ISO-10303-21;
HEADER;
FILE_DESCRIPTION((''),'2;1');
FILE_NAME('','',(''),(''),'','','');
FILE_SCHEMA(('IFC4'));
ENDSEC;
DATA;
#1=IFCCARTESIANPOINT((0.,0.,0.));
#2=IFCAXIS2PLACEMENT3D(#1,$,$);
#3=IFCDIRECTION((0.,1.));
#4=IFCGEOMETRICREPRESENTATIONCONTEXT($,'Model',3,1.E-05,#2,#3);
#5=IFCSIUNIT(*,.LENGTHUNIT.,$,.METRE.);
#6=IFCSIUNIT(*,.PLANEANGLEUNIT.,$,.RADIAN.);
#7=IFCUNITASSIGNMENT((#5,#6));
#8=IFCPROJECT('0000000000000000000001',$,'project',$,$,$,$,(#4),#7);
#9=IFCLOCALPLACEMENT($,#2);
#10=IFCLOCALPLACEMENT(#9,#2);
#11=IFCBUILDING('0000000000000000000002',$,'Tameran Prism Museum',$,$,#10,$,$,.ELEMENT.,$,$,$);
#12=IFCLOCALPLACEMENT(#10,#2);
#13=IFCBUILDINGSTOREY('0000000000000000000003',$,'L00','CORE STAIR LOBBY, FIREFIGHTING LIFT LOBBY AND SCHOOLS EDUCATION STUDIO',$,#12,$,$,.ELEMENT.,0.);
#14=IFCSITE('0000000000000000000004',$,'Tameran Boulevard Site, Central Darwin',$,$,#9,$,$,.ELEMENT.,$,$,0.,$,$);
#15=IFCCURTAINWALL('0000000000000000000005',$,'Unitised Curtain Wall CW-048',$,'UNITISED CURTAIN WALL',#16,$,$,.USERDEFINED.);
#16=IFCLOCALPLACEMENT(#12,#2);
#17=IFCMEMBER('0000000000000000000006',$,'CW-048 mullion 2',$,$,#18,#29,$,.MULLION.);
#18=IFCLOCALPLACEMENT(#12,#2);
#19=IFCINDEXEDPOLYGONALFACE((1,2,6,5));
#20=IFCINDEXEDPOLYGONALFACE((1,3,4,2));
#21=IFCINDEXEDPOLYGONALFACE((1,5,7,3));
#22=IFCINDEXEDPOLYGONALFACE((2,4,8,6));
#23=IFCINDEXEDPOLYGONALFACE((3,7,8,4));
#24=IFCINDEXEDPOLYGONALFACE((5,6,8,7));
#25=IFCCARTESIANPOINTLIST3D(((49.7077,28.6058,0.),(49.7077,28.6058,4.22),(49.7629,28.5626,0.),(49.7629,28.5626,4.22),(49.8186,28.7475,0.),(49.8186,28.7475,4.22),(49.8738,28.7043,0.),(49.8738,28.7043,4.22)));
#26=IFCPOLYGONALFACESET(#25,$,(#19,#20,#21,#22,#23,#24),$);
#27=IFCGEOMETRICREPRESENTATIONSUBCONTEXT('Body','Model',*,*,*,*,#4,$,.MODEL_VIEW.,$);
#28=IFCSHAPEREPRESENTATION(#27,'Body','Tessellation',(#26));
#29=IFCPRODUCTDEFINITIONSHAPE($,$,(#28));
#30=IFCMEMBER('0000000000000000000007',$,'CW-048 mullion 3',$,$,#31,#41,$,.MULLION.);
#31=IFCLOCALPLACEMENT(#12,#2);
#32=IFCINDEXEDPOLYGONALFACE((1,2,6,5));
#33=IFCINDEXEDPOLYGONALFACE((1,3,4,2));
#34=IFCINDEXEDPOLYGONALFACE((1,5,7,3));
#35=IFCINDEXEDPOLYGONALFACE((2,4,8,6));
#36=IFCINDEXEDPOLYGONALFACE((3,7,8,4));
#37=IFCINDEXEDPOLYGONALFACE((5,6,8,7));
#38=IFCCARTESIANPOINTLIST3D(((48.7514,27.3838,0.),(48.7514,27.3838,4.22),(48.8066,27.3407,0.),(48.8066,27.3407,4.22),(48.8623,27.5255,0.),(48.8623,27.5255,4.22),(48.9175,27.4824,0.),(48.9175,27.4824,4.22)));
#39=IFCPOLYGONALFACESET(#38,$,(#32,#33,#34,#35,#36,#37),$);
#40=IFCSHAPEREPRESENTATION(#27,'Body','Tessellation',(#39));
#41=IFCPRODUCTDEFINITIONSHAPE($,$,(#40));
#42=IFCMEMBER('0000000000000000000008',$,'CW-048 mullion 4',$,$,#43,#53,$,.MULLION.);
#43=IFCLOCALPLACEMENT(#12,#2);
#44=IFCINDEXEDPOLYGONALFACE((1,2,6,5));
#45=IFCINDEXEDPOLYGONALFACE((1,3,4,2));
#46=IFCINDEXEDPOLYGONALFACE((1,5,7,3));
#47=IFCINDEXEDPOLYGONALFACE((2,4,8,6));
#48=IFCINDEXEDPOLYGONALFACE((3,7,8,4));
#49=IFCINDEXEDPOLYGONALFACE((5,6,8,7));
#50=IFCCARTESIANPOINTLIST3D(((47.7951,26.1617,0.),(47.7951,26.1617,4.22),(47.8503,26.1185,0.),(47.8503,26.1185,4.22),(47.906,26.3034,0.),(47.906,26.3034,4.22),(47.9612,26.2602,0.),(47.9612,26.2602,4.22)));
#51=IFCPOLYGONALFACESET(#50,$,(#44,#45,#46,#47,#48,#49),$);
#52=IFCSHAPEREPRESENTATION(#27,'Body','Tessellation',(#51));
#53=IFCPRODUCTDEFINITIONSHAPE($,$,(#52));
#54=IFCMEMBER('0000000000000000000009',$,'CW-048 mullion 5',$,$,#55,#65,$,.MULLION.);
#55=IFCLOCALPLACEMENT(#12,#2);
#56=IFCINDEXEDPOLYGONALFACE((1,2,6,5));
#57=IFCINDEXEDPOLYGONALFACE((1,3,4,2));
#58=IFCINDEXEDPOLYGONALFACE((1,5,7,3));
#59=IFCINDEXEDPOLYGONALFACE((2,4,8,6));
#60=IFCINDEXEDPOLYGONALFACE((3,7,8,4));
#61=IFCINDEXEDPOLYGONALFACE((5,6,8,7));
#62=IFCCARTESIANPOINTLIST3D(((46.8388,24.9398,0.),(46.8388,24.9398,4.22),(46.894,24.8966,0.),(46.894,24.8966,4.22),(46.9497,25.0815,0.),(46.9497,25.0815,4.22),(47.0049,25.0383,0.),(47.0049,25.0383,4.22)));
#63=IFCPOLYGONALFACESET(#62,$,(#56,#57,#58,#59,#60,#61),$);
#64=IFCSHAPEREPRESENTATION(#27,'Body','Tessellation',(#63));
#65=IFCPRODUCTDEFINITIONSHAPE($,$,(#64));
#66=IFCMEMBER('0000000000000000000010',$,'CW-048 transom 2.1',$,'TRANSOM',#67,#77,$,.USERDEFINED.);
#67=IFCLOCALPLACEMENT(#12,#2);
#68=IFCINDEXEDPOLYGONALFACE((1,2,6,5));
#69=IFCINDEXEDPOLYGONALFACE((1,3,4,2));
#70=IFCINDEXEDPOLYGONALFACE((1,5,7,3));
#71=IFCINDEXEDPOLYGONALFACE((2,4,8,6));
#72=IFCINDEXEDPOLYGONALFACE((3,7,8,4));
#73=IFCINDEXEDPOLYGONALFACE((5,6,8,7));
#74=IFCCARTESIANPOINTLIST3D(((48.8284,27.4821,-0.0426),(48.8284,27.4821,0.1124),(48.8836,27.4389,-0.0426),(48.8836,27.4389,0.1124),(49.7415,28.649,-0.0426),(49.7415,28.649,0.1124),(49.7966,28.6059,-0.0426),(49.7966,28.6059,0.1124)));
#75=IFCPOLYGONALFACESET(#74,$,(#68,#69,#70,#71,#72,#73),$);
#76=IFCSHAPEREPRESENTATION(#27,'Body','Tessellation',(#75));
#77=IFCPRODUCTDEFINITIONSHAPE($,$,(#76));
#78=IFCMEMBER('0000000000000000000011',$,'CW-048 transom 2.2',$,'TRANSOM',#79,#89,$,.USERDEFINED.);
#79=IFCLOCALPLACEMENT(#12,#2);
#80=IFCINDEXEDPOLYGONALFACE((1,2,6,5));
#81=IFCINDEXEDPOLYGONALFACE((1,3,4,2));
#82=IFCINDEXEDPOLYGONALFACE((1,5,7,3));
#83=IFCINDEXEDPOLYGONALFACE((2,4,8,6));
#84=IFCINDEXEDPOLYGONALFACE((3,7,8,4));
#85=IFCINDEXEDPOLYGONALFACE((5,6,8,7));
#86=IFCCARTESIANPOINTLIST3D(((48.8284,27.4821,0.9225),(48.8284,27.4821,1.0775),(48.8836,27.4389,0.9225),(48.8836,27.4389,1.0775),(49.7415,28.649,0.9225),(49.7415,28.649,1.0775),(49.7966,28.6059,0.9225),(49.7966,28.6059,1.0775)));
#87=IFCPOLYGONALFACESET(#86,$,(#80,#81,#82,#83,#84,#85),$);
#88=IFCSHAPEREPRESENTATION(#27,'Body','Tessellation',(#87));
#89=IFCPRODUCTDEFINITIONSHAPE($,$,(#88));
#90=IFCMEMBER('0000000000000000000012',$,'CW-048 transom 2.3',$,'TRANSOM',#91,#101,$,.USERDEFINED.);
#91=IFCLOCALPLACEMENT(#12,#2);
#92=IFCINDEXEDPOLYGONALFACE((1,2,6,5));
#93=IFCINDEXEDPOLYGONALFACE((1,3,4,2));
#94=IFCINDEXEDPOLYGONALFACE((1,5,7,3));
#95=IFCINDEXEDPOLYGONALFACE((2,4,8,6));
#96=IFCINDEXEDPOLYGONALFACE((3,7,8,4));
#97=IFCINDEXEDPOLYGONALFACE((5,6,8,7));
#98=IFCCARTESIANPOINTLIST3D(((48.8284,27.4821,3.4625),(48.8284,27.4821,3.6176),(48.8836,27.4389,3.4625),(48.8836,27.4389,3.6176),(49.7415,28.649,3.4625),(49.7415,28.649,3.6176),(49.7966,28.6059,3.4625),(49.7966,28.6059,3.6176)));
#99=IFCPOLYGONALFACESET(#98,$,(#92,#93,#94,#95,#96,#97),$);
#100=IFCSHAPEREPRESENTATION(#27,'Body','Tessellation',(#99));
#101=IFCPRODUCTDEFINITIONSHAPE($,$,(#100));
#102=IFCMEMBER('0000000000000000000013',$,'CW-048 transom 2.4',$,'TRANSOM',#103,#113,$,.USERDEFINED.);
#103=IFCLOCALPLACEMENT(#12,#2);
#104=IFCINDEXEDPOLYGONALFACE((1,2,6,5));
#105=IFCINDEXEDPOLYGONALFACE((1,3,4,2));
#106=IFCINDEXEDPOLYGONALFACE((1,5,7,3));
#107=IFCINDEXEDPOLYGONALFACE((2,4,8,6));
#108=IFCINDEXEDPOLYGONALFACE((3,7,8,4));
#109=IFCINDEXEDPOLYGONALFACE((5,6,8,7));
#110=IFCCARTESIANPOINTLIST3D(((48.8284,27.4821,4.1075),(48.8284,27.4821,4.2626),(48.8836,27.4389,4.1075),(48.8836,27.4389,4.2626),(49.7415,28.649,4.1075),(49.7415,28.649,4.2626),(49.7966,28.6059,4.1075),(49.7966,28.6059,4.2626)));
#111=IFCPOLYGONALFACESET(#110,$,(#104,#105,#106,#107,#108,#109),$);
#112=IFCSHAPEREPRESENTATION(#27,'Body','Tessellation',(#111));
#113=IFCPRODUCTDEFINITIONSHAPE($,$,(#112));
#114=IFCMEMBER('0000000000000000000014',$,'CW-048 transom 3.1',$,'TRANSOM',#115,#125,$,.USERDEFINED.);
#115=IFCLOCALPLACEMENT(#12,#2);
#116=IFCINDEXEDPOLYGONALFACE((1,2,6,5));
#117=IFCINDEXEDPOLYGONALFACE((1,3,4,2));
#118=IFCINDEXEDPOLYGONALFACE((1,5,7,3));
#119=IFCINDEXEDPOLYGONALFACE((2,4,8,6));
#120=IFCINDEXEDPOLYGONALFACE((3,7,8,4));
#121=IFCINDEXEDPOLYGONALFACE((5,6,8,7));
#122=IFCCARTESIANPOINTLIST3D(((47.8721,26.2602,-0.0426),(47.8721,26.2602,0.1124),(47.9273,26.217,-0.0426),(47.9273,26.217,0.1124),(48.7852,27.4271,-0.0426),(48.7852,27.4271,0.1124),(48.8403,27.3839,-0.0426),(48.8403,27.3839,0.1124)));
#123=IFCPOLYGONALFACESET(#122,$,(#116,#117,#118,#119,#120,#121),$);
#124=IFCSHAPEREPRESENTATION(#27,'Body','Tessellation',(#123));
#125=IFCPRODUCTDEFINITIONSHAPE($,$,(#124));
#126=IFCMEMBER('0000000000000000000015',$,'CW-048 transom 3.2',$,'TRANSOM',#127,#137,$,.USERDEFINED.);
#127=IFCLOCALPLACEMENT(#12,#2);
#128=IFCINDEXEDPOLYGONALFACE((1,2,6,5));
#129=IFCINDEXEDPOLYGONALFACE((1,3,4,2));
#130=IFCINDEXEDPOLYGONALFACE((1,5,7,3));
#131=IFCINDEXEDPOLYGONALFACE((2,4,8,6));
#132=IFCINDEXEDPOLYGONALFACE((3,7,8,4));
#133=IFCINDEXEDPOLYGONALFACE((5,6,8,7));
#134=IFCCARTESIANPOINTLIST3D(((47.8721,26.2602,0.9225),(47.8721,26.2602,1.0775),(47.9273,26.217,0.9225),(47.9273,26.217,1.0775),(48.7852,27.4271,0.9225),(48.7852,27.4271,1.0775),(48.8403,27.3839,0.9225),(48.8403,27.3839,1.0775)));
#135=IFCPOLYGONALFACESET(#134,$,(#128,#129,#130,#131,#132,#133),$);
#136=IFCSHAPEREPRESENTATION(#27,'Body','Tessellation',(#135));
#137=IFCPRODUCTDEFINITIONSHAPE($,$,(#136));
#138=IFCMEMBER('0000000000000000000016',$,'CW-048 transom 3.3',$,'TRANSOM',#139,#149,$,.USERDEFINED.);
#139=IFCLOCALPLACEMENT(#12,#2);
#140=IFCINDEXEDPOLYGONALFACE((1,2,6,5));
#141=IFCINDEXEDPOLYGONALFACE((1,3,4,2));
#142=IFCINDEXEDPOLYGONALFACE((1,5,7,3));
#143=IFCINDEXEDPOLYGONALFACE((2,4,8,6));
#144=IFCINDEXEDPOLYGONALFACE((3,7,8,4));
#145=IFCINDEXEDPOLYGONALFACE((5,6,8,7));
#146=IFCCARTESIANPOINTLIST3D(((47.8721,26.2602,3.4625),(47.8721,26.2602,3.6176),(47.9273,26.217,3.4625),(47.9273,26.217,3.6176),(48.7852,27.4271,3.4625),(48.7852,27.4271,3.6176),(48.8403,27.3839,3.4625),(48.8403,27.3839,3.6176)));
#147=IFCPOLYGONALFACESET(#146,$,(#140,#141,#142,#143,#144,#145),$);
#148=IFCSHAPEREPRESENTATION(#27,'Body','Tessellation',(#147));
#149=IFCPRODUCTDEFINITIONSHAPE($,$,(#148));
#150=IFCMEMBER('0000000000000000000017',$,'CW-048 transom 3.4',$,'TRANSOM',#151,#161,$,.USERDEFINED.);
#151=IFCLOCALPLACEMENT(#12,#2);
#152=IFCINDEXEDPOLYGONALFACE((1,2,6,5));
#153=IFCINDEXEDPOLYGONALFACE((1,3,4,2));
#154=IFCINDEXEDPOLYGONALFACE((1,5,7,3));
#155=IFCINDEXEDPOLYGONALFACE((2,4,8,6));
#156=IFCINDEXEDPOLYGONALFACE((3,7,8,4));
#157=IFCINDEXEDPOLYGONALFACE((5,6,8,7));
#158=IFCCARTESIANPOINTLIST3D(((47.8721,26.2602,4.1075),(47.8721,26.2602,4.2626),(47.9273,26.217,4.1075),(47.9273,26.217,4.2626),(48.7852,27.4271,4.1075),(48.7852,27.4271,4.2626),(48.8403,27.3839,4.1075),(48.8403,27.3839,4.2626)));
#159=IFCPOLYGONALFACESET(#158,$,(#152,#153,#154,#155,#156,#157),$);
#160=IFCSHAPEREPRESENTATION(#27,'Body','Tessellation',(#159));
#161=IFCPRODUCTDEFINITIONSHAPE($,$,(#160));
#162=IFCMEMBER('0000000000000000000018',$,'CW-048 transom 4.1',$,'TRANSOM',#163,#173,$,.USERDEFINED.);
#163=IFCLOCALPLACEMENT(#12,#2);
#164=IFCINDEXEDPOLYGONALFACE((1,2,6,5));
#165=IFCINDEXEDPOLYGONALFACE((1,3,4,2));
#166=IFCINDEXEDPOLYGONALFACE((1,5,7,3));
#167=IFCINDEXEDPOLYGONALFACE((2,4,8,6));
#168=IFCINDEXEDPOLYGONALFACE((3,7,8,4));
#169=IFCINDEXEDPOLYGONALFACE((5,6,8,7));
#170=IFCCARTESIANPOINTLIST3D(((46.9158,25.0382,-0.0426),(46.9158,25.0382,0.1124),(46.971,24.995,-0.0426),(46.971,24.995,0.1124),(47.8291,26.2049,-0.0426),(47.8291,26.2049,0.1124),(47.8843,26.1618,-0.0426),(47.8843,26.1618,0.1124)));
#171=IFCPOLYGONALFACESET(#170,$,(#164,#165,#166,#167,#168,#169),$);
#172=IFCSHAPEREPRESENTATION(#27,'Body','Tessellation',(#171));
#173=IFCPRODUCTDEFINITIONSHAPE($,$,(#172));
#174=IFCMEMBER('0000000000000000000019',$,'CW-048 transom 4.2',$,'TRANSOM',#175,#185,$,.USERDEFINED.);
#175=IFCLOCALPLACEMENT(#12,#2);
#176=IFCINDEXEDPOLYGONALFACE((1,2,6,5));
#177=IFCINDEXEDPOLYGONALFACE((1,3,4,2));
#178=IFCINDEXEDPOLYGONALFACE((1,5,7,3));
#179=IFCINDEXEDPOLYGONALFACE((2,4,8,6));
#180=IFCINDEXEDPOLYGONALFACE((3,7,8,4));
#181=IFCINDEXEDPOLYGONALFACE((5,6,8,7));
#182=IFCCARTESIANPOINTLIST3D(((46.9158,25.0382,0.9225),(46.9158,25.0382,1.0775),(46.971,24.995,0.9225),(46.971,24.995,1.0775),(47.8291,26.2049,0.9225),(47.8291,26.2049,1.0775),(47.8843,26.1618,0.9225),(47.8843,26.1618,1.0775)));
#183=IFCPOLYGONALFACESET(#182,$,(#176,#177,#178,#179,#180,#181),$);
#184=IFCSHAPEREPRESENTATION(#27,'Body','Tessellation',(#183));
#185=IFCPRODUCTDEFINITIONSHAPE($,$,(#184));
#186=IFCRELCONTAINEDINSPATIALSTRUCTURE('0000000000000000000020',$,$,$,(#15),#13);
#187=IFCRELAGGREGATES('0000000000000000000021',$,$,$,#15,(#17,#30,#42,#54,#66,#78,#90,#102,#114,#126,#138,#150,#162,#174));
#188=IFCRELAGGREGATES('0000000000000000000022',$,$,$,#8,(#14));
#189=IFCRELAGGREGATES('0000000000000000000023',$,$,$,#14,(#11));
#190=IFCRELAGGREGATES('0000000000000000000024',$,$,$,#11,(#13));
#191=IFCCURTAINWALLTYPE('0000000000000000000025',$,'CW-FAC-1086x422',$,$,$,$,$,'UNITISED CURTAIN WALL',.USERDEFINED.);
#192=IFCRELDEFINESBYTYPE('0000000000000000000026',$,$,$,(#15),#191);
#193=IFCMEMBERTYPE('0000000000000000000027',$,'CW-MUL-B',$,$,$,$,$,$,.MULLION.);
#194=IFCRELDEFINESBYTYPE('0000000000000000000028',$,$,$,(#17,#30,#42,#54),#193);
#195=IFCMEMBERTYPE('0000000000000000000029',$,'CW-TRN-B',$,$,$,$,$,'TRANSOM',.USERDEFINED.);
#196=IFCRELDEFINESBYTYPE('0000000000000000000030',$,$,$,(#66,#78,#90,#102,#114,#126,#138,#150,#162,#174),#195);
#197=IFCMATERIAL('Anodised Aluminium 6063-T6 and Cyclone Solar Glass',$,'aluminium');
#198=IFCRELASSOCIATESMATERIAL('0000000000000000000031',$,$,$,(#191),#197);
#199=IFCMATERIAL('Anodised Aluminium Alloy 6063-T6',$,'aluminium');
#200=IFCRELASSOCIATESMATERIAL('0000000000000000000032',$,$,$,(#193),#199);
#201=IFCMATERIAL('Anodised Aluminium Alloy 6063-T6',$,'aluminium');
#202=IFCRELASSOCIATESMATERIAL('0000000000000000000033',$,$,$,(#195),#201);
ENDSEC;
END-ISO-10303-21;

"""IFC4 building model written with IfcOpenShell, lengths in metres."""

from ifc_helpers import new_model, si_unit, direction, frame, origin, origin_2d, place, context, subcontext, project, spatial, rectangle, extrude, material, material_profile, profile_set, type_object, element, aggregate, save


model = new_model("IFC4")

# Units and contexts
model_context = context("Model", 3, precision=1e-05, world=origin(), true_north=direction((0.0, 1.0)))
body_context = subcontext(model_context, "Body", "Model", "MODEL_VIEW")
ifc_project = project(units=[si_unit("LENGTHUNIT", "METRE"), si_unit("PLANEANGLEUNIT", "RADIAN")], contexts=[model_context])

# Site, building, storey
site_placement = place(None, origin())
site = spatial("IfcSite", under=ifc_project, at=site_placement, Name="Tameran Boulevard Site, Central Darwin", CompositionType="ELEMENT", RefElevation=0.0)
building_placement = place(site_placement, origin())
building = spatial("IfcBuilding", under=site, at=building_placement, Name="Tameran Prism Museum", CompositionType="ELEMENT")
storey_placement = place(building_placement, origin())
storey = spatial("IfcBuildingStorey", under=building, at=storey_placement, Name="L00", Description="CORE STAIR LOBBY, FIREFIGHTING LIFT LOBBY AND SCHOOLS EDUCATION STUDIO", CompositionType="ELEMENT", Elevation=0.0)

# Curtain wall, members
ifc_material_1 = material(Name="Anodised Aluminium 6063-T6 and Cyclone Solar Glass", Category="aluminium")
curtain_wall_type = type_object("IfcCurtainWallType", Name="CW-FAC-1086x422", ElementType="UNITISED CURTAIN WALL", PredefinedType="USERDEFINED", material=ifc_material_1)
curtain_wall_placement = place(storey_placement, origin())
curtain_wall = element("IfcCurtainWall", 1, at=curtain_wall_placement, inside=storey, type_object=curtain_wall_type, Name="Unitised Curtain Wall CW-048", ObjectType="UNITISED CURTAIN WALL", PredefinedType="USERDEFINED")
ifc_material_2 = material(Name="Anodised Aluminium Alloy 6063-T6", Category="aluminium")
ifc_material_profile_1 = material_profile(ifc_material_2, rectangle(XDim=0.0701, YDim=0.1799, at=origin_2d()))
ifc_profile_set_1 = profile_set([ifc_material_profile_1])
member_type_1 = type_object("IfcMemberType", Name="CW-MUL-B", PredefinedType="MULLION", material=ifc_profile_set_1)
member_1_placement = place(storey_placement, frame((49.7908, 28.655, 0.0), z_axis=(0.0, 0.0, 1.0), x_axis=(0.787524, -0.616283, 0.0)))
member_1 = element("IfcMember", 2, at=member_1_placement, type_object=member_type_1, Name="CW-048 mullion 2", PredefinedType="MULLION", context=body_context, shape_type="SweptSolid", body=[
    extrude(rectangle(XDim=0.0701, YDim=0.1799, at=origin_2d()), origin(), (0.0, 0.0, 1.0), 4.22),
])
member_2_placement = place(storey_placement, frame((48.8345, 27.4331, 0.0), z_axis=(0.0, 0.0, 1.0), x_axis=(0.787524, -0.616283, 0.0)))
member_2 = element("IfcMember", 3, at=member_2_placement, type_object=member_type_1, Name="CW-048 mullion 3", PredefinedType="MULLION", context=body_context, shape_type="SweptSolid", body=[
    extrude(rectangle(XDim=0.0701, YDim=0.1799, at=origin_2d()), origin(), (0.0, 0.0, 1.0), 4.22),
])
member_3_placement = place(storey_placement, frame((47.8782, 26.2109, 0.0), z_axis=(0.0, 0.0, 1.0), x_axis=(0.787524, -0.616283, 0.0)))
member_3 = element("IfcMember", 4, at=member_3_placement, type_object=member_type_1, Name="CW-048 mullion 4", PredefinedType="MULLION", context=body_context, shape_type="SweptSolid", body=[
    extrude(rectangle(XDim=0.0701, YDim=0.1799, at=origin_2d()), origin(), (0.0, 0.0, 1.0), 4.22),
])
member_4_placement = place(storey_placement, frame((46.9219, 24.989, 0.0), z_axis=(0.0, 0.0, 1.0), x_axis=(0.787524, -0.616283, 0.0)))
member_4 = element("IfcMember", 5, at=member_4_placement, type_object=member_type_1, Name="CW-048 mullion 5", PredefinedType="MULLION", context=body_context, shape_type="SweptSolid", body=[
    extrude(rectangle(XDim=0.0701, YDim=0.1799, at=origin_2d()), origin(), (0.0, 0.0, 1.0), 4.22),
])
ifc_material_3 = material(Name="Anodised Aluminium Alloy 6063-T6", Category="aluminium")
ifc_material_profile_2 = material_profile(ifc_material_3, rectangle(XDim=0.0701, YDim=0.155, at=origin_2d()))
ifc_profile_set_2 = profile_set([ifc_material_profile_2])
member_type_2 = type_object("IfcMemberType", Name="CW-TRN-B", ElementType="TRANSOM", PredefinedType="USERDEFINED", material=ifc_profile_set_2)
member_5_placement = place(storey_placement, frame((49.769, 28.6274, 0.0349), z_axis=(-0.616219, -0.787575, 0.0), x_axis=(0.787575, -0.616219, 0.0)))
member_5 = element("IfcMember", 6, at=member_5_placement, type_object=member_type_2, Name="CW-048 transom 2.1", ObjectType="TRANSOM", PredefinedType="USERDEFINED", context=body_context, shape_type="SweptSolid", body=[
    extrude(rectangle(XDim=0.0701, YDim=0.155, at=origin_2d()), origin(), (0.0, 0.0, 1.0), 1.4817),
])
member_6_placement = place(storey_placement, frame((49.769, 28.6274, 1.0), z_axis=(-0.616219, -0.787575, 0.0), x_axis=(0.787575, -0.616219, 0.0)))
member_6 = element("IfcMember", 7, at=member_6_placement, type_object=member_type_2, Name="CW-048 transom 2.2", ObjectType="TRANSOM", PredefinedType="USERDEFINED", context=body_context, shape_type="SweptSolid", body=[
    extrude(rectangle(XDim=0.0701, YDim=0.155, at=origin_2d()), origin(), (0.0, 0.0, 1.0), 1.4817),
])
member_7_placement = place(storey_placement, frame((49.769, 28.6274, 3.54), z_axis=(-0.616219, -0.787575, 0.0), x_axis=(0.787575, -0.616219, 0.0)))
member_7 = element("IfcMember", 8, at=member_7_placement, type_object=member_type_2, Name="CW-048 transom 2.3", ObjectType="TRANSOM", PredefinedType="USERDEFINED", context=body_context, shape_type="SweptSolid", body=[
    extrude(rectangle(XDim=0.0701, YDim=0.155, at=origin_2d()), origin(), (0.0, 0.0, 1.0), 1.4817),
])
member_8_placement = place(storey_placement, frame((49.769, 28.6274, 4.1851), z_axis=(-0.616219, -0.787575, 0.0), x_axis=(0.787575, -0.616219, 0.0)))
member_8 = element("IfcMember", 9, at=member_8_placement, type_object=member_type_2, Name="CW-048 transom 2.4", ObjectType="TRANSOM", PredefinedType="USERDEFINED", context=body_context, shape_type="SweptSolid", body=[
    extrude(rectangle(XDim=0.0701, YDim=0.155, at=origin_2d()), origin(), (0.0, 0.0, 1.0), 1.4817),
])
member_9_placement = place(storey_placement, frame((48.8127, 27.4055, 0.0349), z_axis=(-0.616219, -0.787575, 0.0), x_axis=(0.787575, -0.616219, 0.0)))
member_9 = element("IfcMember", 10, at=member_9_placement, type_object=member_type_2, Name="CW-048 transom 3.1", ObjectType="TRANSOM", PredefinedType="USERDEFINED", context=body_context, shape_type="SweptSolid", body=[
    extrude(rectangle(XDim=0.0701, YDim=0.155, at=origin_2d()), origin(), (0.0, 0.0, 1.0), 1.4817),
])
member_10_placement = place(storey_placement, frame((48.8127, 27.4055, 1.0), z_axis=(-0.616219, -0.787575, 0.0), x_axis=(0.787575, -0.616219, 0.0)))
member_10 = element("IfcMember", 11, at=member_10_placement, type_object=member_type_2, Name="CW-048 transom 3.2", ObjectType="TRANSOM", PredefinedType="USERDEFINED", context=body_context, shape_type="SweptSolid", body=[
    extrude(rectangle(XDim=0.0701, YDim=0.155, at=origin_2d()), origin(), (0.0, 0.0, 1.0), 1.4817),
])
member_11_placement = place(storey_placement, frame((48.8127, 27.4055, 3.54), z_axis=(-0.616219, -0.787575, 0.0), x_axis=(0.787575, -0.616219, 0.0)))
member_11 = element("IfcMember", 12, at=member_11_placement, type_object=member_type_2, Name="CW-048 transom 3.3", ObjectType="TRANSOM", PredefinedType="USERDEFINED", context=body_context, shape_type="SweptSolid", body=[
    extrude(rectangle(XDim=0.0701, YDim=0.155, at=origin_2d()), origin(), (0.0, 0.0, 1.0), 1.4817),
])
member_12_placement = place(storey_placement, frame((48.8127, 27.4055, 4.1851), z_axis=(-0.616219, -0.787575, 0.0), x_axis=(0.787575, -0.616219, 0.0)))
member_12 = element("IfcMember", 13, at=member_12_placement, type_object=member_type_2, Name="CW-048 transom 3.4", ObjectType="TRANSOM", PredefinedType="USERDEFINED", context=body_context, shape_type="SweptSolid", body=[
    extrude(rectangle(XDim=0.0701, YDim=0.155, at=origin_2d()), origin(), (0.0, 0.0, 1.0), 1.4817),
])
member_13_placement = place(storey_placement, frame((47.8567, 26.1833, 0.0349), z_axis=(-0.616402, -0.787432, 0.0), x_axis=(0.787432, -0.616402, 0.0)))
member_13 = element("IfcMember", 14, at=member_13_placement, type_object=member_type_2, Name="CW-048 transom 4.1", ObjectType="TRANSOM", PredefinedType="USERDEFINED", context=body_context, shape_type="SweptSolid", body=[
    extrude(rectangle(XDim=0.0701, YDim=0.155, at=origin_2d()), origin(), (0.0, 0.0, 1.0), 1.4817),
])
member_14_placement = place(storey_placement, frame((47.8567, 26.1833, 1.0), z_axis=(-0.616402, -0.787432, 0.0), x_axis=(0.787432, -0.616402, 0.0)))
member_14 = element("IfcMember", 15, at=member_14_placement, type_object=member_type_2, Name="CW-048 transom 4.2", ObjectType="TRANSOM", PredefinedType="USERDEFINED", context=body_context, shape_type="SweptSolid", body=[
    extrude(rectangle(XDim=0.0701, YDim=0.155, at=origin_2d()), origin(), (0.0, 0.0, 1.0), 1.4817),
])
aggregate(curtain_wall, [member_1, member_2, member_3, member_4, member_5, member_6, member_7, member_8, member_9, member_10, member_11, member_12, member_13, member_14])

save(model, "model.ifc")
